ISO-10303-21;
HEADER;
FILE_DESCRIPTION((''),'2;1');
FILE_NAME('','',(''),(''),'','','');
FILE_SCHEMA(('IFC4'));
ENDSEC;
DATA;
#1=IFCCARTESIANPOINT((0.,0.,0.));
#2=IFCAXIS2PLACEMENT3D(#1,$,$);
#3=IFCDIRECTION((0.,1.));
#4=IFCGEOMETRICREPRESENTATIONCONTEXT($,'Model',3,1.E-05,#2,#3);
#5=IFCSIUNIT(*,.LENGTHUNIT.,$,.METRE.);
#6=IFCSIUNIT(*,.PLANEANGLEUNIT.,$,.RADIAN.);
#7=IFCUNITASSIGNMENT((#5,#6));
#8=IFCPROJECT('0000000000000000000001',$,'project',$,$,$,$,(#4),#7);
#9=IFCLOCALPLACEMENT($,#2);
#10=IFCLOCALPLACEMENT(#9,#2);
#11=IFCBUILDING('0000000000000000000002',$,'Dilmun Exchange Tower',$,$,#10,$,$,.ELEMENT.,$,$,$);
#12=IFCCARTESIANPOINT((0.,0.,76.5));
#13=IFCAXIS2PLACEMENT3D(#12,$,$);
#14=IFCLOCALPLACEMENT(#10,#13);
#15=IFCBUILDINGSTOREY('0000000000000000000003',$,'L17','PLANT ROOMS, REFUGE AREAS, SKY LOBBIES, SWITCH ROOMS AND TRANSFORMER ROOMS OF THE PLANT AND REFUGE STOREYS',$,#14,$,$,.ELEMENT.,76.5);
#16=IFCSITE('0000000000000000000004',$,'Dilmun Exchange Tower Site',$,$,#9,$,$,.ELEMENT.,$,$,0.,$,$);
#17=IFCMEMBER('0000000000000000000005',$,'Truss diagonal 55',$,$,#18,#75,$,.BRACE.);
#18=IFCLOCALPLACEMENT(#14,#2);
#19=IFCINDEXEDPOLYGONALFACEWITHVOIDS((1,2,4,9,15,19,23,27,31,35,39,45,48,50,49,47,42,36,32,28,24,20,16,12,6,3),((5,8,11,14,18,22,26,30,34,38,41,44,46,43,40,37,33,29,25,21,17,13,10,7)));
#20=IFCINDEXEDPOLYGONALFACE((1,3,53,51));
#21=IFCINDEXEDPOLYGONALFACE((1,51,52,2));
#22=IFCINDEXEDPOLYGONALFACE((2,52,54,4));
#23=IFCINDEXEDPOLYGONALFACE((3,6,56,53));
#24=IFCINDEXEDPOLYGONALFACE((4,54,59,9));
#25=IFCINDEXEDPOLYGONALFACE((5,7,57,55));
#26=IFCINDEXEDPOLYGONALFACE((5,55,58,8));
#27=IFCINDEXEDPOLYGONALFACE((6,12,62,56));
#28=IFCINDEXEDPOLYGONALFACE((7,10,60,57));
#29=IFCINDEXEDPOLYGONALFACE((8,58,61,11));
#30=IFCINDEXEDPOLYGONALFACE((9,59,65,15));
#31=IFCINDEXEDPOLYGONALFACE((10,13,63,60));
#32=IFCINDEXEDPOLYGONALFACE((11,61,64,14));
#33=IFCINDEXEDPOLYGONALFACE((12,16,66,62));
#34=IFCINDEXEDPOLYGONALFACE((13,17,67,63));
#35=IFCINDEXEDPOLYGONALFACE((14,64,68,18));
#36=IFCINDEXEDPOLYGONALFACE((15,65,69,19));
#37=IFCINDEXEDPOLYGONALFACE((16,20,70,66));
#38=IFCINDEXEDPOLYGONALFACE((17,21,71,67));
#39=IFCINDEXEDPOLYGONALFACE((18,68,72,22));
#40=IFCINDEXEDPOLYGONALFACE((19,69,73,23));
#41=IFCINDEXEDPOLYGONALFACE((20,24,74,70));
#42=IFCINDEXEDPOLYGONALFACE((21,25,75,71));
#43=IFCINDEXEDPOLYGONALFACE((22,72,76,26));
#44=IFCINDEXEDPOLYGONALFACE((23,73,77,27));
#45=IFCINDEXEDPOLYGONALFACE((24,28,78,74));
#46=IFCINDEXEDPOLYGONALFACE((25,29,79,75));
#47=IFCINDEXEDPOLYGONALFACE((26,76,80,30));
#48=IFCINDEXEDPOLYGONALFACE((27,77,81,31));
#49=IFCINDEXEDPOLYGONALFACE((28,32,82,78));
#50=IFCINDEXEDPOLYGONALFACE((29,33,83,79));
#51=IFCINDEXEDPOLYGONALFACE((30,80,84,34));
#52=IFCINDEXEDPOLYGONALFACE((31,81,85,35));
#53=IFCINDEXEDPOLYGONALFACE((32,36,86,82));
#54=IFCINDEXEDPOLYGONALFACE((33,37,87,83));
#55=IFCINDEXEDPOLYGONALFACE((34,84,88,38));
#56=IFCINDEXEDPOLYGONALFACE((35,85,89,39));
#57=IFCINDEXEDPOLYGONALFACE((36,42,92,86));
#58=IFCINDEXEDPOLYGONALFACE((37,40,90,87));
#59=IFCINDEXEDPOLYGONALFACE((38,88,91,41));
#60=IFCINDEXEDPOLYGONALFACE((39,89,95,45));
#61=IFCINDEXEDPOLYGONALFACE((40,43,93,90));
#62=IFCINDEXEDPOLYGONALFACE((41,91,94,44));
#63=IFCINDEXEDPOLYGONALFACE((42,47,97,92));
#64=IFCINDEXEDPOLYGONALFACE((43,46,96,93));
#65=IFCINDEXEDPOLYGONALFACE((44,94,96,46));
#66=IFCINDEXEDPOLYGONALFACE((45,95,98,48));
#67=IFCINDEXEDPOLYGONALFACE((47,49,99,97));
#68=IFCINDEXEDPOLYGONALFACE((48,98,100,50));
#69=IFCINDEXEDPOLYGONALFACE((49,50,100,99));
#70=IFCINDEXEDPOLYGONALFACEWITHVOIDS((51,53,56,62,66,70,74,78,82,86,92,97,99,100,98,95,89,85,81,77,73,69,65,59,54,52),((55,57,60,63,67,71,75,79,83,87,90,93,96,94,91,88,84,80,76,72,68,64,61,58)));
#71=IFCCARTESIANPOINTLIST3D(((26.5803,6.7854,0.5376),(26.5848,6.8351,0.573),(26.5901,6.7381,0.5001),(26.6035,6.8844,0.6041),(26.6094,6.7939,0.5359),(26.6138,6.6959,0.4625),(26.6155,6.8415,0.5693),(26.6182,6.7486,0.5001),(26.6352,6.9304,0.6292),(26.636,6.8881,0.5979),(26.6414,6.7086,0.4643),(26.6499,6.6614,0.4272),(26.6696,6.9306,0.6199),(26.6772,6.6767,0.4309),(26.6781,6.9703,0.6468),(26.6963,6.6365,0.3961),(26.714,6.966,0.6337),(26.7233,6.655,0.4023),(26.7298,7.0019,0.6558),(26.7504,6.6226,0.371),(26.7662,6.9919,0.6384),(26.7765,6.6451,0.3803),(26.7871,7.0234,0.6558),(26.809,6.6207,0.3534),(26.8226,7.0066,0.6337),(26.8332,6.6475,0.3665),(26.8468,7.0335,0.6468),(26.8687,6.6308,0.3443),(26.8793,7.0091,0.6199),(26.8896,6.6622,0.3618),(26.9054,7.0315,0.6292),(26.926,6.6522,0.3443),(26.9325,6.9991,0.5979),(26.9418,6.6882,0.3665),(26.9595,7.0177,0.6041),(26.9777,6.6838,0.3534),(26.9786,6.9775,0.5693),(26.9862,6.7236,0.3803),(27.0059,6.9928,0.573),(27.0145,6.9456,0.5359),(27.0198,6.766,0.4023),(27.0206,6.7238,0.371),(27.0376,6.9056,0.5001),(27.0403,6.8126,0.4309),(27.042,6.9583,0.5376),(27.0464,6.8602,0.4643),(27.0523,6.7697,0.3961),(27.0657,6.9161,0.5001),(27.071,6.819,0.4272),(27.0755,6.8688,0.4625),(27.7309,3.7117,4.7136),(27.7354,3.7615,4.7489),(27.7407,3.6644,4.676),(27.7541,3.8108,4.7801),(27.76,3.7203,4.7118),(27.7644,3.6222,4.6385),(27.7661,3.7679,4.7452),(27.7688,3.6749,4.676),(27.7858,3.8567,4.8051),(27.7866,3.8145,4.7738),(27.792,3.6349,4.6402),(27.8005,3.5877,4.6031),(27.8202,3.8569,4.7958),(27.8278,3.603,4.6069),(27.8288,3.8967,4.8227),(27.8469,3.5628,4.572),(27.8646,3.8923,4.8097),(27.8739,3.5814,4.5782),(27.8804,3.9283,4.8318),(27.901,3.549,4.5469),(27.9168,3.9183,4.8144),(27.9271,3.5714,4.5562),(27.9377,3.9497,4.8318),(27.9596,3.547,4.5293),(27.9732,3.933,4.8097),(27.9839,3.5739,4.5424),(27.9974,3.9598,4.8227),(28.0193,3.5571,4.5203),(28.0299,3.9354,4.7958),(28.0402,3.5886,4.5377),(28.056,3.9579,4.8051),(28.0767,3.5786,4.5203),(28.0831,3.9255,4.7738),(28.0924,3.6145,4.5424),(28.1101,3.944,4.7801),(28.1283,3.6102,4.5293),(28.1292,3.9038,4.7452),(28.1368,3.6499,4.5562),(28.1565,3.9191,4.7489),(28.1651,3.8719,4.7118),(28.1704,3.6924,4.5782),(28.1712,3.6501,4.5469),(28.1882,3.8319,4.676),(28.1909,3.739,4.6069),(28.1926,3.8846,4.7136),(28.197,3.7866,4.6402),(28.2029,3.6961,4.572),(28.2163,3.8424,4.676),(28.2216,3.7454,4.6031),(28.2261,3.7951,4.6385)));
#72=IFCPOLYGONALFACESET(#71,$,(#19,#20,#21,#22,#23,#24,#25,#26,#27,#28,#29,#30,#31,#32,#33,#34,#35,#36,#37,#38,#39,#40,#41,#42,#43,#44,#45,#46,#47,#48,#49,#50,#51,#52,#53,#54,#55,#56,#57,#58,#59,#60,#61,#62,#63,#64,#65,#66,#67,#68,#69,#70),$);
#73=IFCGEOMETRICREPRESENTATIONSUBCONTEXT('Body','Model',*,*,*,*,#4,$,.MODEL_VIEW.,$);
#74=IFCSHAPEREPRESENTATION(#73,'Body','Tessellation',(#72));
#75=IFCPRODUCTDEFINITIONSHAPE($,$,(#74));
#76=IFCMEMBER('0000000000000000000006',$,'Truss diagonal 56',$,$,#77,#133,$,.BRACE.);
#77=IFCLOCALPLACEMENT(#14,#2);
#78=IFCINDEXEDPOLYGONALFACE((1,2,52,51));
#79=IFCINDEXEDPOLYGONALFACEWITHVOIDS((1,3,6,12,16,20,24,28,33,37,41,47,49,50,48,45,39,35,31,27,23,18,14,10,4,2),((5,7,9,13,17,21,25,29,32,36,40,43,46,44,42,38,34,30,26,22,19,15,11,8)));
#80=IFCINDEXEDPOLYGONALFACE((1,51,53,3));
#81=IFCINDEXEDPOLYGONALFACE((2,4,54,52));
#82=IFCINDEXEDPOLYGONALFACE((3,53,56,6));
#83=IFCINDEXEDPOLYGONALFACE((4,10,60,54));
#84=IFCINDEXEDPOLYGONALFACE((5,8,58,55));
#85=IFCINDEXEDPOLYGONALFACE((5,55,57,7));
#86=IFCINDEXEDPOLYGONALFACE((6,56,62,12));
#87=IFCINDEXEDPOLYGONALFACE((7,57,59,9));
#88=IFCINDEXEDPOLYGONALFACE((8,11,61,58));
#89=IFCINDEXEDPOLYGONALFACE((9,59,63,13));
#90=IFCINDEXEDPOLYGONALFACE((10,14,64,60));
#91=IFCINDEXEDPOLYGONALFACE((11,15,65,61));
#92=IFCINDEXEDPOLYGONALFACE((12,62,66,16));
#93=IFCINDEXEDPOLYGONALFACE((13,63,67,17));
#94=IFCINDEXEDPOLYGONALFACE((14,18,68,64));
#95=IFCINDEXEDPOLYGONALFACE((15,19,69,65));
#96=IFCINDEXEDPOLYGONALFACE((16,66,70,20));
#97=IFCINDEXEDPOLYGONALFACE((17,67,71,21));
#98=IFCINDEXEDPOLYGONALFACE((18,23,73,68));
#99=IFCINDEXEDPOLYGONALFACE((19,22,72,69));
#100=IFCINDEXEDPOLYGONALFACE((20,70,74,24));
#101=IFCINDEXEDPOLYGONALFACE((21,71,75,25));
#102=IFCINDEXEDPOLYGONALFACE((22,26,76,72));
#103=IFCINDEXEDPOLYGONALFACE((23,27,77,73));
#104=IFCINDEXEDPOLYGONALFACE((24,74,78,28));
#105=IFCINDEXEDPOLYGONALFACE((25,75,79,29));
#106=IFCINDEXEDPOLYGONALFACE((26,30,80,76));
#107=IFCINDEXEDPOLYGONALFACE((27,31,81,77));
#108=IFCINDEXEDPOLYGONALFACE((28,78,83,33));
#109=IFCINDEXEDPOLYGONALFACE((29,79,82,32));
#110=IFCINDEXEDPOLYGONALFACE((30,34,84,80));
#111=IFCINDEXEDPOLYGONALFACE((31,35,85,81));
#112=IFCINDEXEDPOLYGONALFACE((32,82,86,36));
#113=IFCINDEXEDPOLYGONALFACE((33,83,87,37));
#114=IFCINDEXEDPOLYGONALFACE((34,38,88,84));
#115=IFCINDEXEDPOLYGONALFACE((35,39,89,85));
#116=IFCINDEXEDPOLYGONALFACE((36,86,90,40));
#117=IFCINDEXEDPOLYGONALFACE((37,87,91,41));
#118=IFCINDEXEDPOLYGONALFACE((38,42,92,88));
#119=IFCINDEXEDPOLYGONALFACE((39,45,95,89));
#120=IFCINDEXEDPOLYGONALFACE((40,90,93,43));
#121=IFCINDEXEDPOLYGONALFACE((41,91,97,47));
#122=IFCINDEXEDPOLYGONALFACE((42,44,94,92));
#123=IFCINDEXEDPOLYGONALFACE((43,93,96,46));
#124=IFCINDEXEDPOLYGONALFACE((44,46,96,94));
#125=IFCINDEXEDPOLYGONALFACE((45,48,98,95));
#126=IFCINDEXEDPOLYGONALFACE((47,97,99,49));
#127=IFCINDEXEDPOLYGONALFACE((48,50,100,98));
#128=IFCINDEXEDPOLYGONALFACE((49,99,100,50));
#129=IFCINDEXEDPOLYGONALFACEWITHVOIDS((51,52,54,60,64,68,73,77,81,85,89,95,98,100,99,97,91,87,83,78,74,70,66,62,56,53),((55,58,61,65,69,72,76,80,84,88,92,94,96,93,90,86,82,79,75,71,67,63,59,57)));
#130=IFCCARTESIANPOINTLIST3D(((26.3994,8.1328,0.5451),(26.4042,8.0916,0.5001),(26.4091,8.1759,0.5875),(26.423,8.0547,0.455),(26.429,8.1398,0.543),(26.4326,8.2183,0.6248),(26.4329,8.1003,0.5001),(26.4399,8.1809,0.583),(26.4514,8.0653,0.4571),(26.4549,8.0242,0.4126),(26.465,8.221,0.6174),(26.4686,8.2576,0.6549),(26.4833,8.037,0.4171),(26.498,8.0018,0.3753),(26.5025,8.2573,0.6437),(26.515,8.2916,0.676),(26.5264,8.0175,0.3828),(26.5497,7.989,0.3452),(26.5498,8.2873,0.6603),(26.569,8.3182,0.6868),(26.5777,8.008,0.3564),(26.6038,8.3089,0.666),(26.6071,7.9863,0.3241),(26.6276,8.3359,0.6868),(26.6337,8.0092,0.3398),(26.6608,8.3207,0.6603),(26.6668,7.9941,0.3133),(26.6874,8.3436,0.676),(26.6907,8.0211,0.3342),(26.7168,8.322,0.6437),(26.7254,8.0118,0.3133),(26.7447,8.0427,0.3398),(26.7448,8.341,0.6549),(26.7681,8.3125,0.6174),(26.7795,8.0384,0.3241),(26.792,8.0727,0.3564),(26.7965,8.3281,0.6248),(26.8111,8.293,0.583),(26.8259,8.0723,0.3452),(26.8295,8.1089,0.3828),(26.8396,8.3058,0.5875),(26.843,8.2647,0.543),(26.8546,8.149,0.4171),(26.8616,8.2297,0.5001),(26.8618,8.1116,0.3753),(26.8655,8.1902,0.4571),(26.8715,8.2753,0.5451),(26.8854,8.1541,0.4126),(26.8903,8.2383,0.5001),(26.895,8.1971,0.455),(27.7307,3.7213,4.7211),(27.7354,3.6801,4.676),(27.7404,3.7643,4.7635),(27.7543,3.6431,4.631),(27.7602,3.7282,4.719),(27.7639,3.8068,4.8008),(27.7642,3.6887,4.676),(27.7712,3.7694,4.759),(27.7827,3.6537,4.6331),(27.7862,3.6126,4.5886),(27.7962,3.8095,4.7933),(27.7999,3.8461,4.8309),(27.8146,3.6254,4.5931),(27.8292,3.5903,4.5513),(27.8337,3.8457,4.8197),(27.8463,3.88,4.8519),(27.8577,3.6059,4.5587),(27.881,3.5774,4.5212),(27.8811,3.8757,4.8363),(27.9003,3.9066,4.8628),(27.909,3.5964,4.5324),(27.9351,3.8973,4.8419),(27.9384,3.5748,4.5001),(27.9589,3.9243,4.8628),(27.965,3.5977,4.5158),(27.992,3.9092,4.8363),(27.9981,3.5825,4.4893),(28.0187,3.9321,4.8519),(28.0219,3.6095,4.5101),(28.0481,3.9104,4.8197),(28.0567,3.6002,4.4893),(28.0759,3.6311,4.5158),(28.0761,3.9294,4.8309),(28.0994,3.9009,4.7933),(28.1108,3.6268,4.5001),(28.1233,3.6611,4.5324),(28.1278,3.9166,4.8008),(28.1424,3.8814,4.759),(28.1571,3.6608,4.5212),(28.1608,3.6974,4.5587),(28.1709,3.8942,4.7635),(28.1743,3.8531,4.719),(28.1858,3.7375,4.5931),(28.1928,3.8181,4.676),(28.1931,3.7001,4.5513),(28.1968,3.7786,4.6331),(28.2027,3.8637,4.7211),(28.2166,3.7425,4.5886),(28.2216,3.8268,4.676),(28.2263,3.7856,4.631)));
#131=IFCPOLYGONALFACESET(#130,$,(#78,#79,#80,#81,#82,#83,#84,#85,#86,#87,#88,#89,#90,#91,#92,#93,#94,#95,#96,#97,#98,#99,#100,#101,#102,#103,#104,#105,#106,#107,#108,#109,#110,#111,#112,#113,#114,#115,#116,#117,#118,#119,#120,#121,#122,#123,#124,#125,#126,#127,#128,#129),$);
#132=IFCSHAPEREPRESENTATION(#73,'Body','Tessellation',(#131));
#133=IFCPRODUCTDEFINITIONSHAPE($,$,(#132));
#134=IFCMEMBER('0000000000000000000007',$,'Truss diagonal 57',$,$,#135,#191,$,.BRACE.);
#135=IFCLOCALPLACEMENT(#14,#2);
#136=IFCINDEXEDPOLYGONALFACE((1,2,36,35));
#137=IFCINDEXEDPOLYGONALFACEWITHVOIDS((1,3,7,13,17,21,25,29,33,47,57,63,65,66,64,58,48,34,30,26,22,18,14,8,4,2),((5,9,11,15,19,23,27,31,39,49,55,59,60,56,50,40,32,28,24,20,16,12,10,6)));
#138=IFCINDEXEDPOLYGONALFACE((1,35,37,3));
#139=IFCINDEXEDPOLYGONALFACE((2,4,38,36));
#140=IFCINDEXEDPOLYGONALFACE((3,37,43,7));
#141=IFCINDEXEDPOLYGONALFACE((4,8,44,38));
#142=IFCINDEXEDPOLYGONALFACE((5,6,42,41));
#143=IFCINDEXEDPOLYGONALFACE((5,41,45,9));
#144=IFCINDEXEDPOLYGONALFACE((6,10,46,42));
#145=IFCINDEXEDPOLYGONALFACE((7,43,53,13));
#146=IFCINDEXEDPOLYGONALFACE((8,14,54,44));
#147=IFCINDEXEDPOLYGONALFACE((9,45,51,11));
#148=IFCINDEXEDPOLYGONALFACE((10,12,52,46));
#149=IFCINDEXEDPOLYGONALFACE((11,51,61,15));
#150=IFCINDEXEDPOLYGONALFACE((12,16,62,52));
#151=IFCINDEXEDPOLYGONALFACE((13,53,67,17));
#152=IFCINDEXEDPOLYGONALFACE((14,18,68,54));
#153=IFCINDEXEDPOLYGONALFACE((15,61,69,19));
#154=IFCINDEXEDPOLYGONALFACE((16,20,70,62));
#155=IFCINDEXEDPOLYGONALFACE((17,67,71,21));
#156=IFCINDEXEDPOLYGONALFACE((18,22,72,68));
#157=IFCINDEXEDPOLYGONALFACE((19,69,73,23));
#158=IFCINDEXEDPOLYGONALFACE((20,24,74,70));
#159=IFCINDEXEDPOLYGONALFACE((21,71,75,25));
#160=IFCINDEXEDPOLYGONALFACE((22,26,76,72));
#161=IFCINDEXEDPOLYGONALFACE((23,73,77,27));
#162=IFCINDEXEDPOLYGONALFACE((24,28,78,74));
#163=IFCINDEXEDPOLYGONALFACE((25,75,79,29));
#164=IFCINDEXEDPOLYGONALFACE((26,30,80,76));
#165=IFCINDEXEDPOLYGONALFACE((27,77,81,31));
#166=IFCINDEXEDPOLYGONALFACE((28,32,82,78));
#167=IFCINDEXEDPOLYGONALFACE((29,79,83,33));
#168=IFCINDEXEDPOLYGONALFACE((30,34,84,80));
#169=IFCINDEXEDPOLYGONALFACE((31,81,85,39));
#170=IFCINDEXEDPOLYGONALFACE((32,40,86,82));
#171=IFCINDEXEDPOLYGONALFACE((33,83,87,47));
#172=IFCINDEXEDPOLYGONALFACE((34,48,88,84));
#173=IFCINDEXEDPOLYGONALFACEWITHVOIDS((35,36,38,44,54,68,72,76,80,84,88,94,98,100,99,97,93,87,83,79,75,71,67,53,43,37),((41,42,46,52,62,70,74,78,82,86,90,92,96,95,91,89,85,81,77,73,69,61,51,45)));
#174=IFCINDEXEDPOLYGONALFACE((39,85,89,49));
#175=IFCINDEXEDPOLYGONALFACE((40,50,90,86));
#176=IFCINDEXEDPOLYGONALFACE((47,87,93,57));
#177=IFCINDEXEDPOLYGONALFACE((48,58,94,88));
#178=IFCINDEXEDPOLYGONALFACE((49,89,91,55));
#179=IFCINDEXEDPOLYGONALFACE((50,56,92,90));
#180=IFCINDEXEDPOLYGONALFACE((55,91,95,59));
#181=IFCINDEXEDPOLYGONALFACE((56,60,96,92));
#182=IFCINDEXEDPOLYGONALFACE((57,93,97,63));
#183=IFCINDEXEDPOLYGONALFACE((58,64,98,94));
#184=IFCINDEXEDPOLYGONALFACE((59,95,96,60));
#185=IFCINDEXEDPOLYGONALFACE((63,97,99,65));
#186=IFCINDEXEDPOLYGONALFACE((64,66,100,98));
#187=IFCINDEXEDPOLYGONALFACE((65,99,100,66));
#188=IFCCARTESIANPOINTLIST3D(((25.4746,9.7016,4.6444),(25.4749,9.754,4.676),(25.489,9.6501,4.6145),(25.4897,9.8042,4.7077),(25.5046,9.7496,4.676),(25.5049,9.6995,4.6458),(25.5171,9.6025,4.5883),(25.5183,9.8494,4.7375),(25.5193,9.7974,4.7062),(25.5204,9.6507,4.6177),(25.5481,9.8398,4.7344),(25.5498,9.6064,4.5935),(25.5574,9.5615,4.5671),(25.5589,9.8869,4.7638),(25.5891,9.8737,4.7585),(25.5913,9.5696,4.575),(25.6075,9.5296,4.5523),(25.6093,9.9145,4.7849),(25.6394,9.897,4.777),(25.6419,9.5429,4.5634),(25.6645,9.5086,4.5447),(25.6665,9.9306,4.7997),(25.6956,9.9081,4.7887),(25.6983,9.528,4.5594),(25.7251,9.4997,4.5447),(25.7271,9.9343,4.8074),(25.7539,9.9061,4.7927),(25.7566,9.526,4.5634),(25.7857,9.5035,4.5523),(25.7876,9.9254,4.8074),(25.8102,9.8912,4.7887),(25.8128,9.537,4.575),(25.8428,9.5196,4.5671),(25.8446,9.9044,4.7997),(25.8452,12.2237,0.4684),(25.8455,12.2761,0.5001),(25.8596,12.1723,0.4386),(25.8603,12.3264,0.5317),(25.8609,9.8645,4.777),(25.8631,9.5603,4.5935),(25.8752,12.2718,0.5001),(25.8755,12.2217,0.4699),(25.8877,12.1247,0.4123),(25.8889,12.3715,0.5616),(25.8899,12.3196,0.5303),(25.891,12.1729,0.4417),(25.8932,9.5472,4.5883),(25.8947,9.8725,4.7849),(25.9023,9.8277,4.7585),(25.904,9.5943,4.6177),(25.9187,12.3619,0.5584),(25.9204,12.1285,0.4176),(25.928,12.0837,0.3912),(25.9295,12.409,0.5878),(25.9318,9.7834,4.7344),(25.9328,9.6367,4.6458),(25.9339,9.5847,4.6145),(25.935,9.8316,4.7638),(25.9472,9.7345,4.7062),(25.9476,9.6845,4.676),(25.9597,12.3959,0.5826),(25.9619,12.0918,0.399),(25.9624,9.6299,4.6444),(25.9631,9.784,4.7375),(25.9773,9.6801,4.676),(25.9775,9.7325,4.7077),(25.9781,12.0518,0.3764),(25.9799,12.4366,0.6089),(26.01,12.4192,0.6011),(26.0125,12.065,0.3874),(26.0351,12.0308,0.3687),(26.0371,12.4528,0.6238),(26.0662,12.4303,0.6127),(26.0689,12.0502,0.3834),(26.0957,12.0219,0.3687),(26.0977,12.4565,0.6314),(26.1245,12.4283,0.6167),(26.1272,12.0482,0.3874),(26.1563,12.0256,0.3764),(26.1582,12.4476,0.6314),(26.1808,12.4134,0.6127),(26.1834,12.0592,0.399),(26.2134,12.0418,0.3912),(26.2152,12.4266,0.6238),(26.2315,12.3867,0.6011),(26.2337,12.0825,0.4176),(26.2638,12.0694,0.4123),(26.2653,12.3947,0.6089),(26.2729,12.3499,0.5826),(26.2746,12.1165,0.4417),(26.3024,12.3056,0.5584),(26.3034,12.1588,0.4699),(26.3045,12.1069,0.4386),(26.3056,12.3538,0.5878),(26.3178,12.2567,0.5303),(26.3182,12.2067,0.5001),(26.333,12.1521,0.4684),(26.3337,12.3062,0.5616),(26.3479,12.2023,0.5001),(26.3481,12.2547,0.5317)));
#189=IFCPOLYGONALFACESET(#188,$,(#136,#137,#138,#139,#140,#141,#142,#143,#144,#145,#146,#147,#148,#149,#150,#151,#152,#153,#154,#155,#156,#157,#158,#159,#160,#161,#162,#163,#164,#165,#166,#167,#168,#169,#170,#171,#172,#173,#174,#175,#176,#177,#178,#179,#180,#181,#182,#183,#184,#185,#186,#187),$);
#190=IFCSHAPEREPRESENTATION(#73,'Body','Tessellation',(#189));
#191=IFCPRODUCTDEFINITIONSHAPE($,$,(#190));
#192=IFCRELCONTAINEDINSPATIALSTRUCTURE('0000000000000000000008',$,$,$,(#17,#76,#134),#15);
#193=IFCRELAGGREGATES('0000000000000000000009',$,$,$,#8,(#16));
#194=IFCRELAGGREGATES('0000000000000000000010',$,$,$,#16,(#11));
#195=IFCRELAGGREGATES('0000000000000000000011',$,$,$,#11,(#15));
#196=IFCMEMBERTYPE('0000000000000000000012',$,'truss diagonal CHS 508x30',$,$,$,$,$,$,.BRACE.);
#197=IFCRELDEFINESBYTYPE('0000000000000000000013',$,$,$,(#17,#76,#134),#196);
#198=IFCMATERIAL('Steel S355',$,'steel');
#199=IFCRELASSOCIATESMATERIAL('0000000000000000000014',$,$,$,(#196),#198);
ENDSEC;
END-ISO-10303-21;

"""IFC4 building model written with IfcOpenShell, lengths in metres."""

from ifc_helpers import new_model, si_unit, direction, frame, origin, origin_2d, place, context, subcontext, project, spatial, hollow_circle, extrude, material, material_profile, profile_set, type_object, element, save


model = new_model("IFC4")

# Units and contexts
model_context = context("Model", 3, precision=1e-05, world=origin(), true_north=direction((0.0, 1.0)))
body_context = subcontext(model_context, "Body", "Model", "MODEL_VIEW")
ifc_project = project(units=[si_unit("LENGTHUNIT", "METRE"), si_unit("PLANEANGLEUNIT", "RADIAN")], contexts=[model_context])

# Site, building, storey
site_placement = place(None, origin())
site = spatial("IfcSite", under=ifc_project, at=site_placement, Name="Dilmun Exchange Tower Site", CompositionType="ELEMENT", RefElevation=0.0)
building_placement = place(site_placement, origin())
building = spatial("IfcBuilding", under=site, at=building_placement, Name="Dilmun Exchange Tower", CompositionType="ELEMENT")
storey_placement = place(building_placement, frame((0.0, 0.0, 76.5)))
storey = spatial("IfcBuildingStorey", under=building, at=storey_placement, Name="L17", Description="PLANT ROOMS, REFUGE AREAS, SKY LOBBIES, SWITCH ROOMS AND TRANSFORMER ROOMS OF THE PLANT AND REFUGE STOREYS", CompositionType="ELEMENT", Elevation=76.5)

# Shared definitions
ifc_material_1 = material(Name="Steel S355", Category="steel")

# Members
ifc_material_profile_1 = material_profile(ifc_material_1, hollow_circle(Radius=0.2539, WallThickness=0.03, at=origin_2d()), Name="CHS 508x30")
ifc_profile_set_1 = profile_set([ifc_material_profile_1], Name="Steel S355")
member_type = type_object("IfcMemberType", Name="truss diagonal CHS 508x30", PredefinedType="BRACE", material=ifc_profile_set_1)
member_1_placement = place(storey_placement, frame((27.9785, 3.7534, 4.676), z_axis=(-0.216635, 0.578704, -0.786238), x_axis=(-0.936531, -0.350585, 0.0)))
element("IfcMember", 1, at=member_1_placement, inside=storey, type_object=member_type, Name="Truss diagonal 55", PredefinedType="BRACE", context=body_context, shape_type="SweptSolid", body=[
    extrude(hollow_circle(Radius=0.2539, WallThickness=0.03, at=origin_2d()), origin(), (0.0, 0.0, 1.0), 5.3113),
])
member_2_placement = place(storey_placement, frame((27.9785, 3.7534, 4.676), z_axis=(-0.214075, 0.709396, -0.671512), x_axis=(-0.957358, -0.288903, 0.0)))
element("IfcMember", 2, at=member_2_placement, inside=storey, type_object=member_type, Name="Truss diagonal 56", PredefinedType="BRACE", context=body_context, shape_type="SweptSolid", body=[
    extrude(hollow_circle(Radius=0.2539, WallThickness=0.03, at=origin_2d()), origin(), (0.0, 0.0, 1.0), 6.2188),
])
for number, where, z_axis, x_axis, name in (
    (3, (25.7261, 9.717, 4.676), (0.075747, 0.51551, -0.853529), (-0.989377, 0.145375, 0.0), "Truss diagonal 57"),
):
    element("IfcMember", number, at=place(storey_placement, frame(where, z_axis=z_axis, x_axis=x_axis)), inside=storey, type_object=member_type, Name=name, PredefinedType="BRACE", context=body_context, shape_type="SweptSolid", body=[
        extrude(hollow_circle(Radius=0.2539, WallThickness=0.03, at=origin_2d()), origin(), (0.0, 0.0, 1.0), 4.8926),
    ])

save(model, "model.ifc")
